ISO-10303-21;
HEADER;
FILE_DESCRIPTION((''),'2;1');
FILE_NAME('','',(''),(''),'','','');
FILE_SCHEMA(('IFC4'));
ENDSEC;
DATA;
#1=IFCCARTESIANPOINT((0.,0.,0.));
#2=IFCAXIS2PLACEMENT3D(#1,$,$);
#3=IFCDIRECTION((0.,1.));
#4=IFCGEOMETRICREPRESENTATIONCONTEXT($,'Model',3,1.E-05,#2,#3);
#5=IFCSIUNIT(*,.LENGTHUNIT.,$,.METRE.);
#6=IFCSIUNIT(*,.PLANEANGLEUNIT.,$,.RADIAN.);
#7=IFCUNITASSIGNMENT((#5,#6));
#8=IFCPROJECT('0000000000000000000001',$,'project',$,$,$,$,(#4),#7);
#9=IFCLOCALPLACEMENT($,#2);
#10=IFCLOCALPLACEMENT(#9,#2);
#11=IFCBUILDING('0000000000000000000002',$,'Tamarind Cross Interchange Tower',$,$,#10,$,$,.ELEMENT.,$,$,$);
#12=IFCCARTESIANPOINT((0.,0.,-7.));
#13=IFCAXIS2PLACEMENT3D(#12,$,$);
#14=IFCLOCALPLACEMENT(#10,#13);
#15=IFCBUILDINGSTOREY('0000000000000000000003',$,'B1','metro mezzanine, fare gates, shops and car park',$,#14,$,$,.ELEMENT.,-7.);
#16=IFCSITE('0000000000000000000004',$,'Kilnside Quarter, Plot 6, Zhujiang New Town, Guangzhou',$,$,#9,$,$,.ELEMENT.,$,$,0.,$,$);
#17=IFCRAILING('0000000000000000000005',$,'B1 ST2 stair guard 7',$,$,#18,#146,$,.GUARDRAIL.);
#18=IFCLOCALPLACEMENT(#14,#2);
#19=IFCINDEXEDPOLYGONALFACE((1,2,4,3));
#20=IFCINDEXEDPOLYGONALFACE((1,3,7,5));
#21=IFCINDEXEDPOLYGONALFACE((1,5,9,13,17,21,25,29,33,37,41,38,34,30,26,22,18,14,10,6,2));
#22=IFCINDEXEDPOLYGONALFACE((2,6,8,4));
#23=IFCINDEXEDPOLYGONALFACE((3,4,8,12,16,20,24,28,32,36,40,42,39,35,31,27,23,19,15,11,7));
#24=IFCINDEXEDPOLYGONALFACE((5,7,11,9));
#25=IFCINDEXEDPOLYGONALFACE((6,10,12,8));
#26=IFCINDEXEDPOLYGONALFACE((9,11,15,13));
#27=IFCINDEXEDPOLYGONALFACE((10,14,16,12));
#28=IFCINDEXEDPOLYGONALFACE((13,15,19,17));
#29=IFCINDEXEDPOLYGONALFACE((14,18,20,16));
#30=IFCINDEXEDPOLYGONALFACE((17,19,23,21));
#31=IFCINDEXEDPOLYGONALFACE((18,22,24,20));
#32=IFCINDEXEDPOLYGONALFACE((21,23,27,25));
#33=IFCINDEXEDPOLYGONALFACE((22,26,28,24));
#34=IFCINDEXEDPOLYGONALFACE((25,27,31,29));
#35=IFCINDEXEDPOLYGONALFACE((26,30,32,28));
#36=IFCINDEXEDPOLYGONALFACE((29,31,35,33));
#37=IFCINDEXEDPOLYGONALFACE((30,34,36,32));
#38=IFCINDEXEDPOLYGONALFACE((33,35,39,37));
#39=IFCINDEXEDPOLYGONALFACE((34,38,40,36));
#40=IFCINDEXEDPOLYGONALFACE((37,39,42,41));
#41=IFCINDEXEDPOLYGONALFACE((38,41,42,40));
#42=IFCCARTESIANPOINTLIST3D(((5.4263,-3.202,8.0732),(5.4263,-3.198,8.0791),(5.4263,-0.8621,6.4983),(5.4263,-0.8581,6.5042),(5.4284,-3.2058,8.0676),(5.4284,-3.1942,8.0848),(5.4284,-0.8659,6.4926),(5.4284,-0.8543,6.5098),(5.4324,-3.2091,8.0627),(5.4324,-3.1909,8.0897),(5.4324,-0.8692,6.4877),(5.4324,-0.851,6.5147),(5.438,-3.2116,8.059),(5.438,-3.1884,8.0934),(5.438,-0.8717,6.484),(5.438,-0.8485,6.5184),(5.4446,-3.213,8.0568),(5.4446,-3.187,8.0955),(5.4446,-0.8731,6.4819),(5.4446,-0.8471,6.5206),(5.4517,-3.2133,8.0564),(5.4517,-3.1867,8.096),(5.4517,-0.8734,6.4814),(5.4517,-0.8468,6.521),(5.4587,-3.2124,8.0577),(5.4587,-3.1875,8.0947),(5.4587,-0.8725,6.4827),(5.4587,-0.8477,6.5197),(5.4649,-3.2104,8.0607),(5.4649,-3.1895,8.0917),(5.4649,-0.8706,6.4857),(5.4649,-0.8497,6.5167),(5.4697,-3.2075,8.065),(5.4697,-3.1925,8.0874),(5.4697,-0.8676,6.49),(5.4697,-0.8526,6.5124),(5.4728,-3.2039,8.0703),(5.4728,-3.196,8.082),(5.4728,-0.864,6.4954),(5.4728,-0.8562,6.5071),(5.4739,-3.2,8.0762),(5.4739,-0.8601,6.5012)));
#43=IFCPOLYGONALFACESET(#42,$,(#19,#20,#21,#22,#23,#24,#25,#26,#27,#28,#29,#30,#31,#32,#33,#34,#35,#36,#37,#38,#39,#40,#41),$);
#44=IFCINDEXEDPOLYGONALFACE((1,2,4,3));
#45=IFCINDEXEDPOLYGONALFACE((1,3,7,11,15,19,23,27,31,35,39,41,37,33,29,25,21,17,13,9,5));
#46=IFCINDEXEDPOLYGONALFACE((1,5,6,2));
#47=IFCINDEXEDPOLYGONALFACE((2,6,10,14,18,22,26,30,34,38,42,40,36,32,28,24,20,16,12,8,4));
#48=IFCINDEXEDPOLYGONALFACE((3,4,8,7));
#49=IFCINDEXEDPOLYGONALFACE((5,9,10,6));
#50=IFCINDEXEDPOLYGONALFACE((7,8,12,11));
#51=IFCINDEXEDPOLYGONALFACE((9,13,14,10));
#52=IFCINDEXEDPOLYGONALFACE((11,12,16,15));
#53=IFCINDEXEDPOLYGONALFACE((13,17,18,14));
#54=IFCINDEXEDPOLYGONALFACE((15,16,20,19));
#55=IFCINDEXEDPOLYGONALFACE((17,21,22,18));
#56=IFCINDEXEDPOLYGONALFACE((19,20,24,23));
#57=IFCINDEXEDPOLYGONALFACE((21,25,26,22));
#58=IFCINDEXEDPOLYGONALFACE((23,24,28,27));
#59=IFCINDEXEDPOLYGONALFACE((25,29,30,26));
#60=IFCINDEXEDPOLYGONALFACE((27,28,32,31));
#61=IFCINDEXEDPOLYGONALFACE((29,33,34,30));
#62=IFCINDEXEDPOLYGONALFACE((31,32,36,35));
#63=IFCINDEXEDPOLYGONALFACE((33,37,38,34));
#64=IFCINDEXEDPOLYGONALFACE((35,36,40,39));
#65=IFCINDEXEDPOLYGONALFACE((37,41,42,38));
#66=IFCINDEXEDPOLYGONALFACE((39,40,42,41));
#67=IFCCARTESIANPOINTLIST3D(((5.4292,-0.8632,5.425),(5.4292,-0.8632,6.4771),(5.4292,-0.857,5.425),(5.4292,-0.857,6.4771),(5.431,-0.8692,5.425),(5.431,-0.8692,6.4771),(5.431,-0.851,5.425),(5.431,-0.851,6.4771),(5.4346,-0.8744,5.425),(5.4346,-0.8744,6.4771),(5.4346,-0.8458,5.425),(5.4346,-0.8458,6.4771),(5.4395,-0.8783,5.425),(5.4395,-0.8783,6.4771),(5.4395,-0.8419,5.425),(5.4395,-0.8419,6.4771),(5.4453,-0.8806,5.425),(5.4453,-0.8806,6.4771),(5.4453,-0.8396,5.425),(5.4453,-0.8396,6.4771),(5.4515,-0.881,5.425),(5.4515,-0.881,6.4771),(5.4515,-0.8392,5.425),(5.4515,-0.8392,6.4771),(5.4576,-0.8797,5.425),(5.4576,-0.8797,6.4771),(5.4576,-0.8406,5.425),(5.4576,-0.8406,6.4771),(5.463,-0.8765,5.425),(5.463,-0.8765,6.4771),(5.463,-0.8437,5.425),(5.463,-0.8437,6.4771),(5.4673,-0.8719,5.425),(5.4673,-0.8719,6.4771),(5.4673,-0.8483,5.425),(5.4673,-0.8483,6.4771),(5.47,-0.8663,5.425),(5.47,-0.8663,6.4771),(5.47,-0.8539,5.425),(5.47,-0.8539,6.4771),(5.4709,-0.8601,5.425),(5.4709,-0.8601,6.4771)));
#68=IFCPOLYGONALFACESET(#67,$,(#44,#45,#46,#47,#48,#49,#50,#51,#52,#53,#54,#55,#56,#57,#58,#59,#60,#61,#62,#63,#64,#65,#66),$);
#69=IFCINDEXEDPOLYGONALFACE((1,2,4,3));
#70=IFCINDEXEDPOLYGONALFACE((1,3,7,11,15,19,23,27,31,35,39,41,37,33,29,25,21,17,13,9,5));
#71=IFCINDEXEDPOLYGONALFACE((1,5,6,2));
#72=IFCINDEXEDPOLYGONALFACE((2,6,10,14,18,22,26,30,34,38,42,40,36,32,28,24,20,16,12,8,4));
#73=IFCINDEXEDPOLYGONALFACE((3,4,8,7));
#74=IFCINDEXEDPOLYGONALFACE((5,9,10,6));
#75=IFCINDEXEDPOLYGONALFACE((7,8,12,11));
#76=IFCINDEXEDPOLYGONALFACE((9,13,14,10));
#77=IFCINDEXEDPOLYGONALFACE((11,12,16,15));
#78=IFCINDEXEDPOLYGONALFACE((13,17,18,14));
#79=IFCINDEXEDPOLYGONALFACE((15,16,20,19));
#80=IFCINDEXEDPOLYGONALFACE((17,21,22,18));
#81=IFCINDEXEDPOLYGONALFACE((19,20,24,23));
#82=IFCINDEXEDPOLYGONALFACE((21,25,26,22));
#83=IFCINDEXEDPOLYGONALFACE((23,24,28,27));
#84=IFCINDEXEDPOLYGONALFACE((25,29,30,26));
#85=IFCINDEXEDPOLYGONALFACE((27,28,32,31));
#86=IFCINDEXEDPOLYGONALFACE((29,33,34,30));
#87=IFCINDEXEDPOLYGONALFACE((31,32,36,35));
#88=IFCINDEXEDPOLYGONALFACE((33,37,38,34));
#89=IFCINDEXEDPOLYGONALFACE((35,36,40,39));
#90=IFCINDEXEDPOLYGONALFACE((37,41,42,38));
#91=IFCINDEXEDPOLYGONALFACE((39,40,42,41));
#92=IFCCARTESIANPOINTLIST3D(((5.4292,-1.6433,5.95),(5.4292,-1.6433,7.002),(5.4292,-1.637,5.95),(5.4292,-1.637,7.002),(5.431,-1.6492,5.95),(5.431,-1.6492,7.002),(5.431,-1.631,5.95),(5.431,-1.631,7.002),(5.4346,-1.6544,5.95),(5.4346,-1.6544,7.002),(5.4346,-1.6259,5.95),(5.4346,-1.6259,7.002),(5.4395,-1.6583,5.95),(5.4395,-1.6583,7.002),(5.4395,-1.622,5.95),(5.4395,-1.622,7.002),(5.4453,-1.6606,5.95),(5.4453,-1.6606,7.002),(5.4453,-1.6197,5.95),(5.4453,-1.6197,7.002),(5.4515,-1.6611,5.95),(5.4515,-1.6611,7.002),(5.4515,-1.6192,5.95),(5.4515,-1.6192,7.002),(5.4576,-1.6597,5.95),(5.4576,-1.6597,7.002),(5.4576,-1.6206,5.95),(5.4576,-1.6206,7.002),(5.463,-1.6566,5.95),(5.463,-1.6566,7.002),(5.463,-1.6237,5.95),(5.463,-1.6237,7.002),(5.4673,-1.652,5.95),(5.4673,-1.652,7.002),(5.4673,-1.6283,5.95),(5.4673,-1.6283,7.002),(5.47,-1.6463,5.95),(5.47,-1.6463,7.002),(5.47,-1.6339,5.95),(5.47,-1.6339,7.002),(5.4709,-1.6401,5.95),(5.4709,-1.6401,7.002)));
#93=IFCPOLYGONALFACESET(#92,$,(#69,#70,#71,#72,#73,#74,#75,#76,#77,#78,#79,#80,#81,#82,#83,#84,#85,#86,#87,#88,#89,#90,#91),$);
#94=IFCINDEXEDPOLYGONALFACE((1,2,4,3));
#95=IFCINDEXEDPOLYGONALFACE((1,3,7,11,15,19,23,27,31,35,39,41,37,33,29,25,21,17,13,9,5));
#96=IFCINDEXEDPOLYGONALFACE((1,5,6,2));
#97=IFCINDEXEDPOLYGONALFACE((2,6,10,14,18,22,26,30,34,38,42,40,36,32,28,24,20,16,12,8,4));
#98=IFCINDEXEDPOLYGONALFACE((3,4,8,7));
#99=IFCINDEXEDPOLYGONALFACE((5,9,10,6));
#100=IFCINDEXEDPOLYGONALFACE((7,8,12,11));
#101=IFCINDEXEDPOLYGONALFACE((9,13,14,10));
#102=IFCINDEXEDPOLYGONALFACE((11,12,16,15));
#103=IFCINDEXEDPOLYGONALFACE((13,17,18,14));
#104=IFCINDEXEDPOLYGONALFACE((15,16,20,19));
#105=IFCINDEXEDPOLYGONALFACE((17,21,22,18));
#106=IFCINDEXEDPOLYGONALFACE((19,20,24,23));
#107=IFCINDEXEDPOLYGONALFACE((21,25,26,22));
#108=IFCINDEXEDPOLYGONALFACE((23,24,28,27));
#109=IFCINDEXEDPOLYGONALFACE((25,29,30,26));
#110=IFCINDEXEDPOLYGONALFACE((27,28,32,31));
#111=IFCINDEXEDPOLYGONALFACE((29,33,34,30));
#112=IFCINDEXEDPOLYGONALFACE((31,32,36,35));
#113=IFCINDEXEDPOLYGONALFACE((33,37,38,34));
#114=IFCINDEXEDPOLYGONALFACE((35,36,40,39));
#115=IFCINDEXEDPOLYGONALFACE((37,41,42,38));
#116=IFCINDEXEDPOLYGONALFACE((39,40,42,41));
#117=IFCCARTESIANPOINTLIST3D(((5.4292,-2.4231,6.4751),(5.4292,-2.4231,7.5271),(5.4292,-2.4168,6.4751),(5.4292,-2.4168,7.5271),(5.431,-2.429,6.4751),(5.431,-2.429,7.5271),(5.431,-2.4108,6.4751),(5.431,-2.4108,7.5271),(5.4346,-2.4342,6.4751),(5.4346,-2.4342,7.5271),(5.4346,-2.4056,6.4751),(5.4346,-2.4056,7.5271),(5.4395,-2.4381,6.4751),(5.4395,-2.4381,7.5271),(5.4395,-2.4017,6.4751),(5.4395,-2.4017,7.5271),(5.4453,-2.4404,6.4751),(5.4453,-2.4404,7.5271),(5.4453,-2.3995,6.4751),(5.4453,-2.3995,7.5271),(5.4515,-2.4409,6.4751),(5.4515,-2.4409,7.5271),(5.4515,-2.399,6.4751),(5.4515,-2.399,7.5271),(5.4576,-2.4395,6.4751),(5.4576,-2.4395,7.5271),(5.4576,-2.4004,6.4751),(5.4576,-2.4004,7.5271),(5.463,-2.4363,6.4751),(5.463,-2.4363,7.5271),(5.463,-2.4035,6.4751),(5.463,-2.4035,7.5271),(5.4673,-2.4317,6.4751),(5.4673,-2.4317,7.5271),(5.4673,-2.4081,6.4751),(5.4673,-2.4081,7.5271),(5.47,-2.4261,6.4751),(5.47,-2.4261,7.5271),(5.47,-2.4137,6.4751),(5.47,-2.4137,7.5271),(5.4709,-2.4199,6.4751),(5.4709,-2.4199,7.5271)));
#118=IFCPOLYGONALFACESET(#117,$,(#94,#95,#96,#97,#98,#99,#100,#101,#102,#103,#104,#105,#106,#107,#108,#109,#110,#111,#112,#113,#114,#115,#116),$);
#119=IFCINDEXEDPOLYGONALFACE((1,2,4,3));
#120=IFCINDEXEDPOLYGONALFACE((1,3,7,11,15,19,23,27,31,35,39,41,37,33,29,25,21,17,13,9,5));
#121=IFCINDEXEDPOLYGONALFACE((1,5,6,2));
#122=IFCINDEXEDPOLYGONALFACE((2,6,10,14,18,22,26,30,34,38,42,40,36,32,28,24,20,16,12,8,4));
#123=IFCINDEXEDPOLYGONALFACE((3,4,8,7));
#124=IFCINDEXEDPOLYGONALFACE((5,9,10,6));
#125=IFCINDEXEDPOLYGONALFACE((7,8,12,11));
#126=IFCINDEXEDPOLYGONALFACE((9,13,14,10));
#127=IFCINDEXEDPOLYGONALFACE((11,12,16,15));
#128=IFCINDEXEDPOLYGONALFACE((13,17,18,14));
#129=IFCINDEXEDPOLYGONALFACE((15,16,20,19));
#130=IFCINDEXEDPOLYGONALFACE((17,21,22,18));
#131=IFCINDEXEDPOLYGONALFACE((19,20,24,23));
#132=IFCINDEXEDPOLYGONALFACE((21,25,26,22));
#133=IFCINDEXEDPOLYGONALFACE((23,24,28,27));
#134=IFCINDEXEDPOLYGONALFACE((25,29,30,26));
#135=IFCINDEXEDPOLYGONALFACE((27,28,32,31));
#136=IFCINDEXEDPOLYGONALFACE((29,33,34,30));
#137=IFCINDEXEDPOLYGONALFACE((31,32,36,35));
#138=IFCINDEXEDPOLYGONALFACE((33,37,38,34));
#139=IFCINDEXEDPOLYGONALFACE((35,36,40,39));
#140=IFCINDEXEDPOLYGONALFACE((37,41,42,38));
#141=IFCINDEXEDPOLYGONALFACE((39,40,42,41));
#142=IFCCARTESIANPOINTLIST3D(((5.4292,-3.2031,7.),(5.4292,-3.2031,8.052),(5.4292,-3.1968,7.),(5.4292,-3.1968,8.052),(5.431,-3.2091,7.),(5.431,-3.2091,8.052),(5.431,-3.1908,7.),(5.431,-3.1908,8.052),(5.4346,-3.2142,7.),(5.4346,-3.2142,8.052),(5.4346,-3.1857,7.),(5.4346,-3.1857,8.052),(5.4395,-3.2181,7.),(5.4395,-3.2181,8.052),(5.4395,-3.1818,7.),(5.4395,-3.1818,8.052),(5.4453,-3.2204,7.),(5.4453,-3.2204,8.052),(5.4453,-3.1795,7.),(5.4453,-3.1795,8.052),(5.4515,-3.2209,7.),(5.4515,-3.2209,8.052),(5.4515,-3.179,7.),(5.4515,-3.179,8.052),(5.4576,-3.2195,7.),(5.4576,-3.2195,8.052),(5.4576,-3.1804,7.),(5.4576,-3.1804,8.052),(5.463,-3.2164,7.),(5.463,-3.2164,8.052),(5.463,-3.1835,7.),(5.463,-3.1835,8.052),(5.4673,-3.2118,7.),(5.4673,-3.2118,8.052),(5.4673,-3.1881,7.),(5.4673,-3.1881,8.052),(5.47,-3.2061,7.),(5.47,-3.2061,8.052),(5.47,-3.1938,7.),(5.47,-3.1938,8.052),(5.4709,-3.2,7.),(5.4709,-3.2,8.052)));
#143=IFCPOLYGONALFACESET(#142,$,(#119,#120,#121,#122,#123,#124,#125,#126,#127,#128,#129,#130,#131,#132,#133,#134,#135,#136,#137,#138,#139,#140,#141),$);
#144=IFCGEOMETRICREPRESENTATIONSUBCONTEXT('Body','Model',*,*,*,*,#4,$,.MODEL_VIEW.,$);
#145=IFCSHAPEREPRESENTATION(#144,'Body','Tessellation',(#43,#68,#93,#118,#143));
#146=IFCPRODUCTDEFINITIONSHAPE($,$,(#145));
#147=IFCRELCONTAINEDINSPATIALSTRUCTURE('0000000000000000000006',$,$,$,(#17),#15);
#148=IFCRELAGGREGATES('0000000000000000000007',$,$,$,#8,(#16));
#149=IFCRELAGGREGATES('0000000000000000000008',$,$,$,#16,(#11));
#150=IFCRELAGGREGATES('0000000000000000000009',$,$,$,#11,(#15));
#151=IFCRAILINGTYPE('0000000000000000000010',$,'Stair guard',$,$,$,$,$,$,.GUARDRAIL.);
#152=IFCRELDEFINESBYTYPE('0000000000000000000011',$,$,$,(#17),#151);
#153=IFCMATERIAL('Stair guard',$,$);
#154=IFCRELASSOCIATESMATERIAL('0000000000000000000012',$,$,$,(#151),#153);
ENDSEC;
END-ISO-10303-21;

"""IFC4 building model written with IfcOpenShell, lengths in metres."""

from ifc_helpers import new_model, si_unit, direction, frame, origin, origin_2d, place, context, subcontext, project, spatial, circle, extrude, material, type_object, element, save


model = new_model("IFC4")

# Units and contexts
model_context = context("Model", 3, precision=1e-05, world=origin(), true_north=direction((0.0, 1.0)))
body_context = subcontext(model_context, "Body", "Model", "MODEL_VIEW")
ifc_project = project(units=[si_unit("LENGTHUNIT", "METRE"), si_unit("PLANEANGLEUNIT", "RADIAN")], contexts=[model_context])

# Site, building, storey
site_placement = place(None, origin())
site = spatial("IfcSite", under=ifc_project, at=site_placement, Name="Kilnside Quarter, Plot 6, Zhujiang New Town, Guangzhou", CompositionType="ELEMENT", RefElevation=0.0)
building_placement = place(site_placement, origin())
building = spatial("IfcBuilding", under=site, at=building_placement, Name="Tamarind Cross Interchange Tower", CompositionType="ELEMENT")
storey_placement = place(building_placement, frame((0.0, 0.0, -7.0)))
storey = spatial("IfcBuildingStorey", under=building, at=storey_placement, Name="B1", Description="metro mezzanine, fare gates, shops and car park", CompositionType="ELEMENT", Elevation=-7.0)

# Railing
ifc_material_1 = material(Name="Stair guard")
railing_type_1 = type_object("IfcRailingType", Name="Stair guard", PredefinedType="GUARDRAIL", material=ifc_material_1)
railing_1_placement = place(storey_placement, frame((5.45, -0.8601, 5.425)))
element("IfcRailing", 1, at=railing_1_placement, inside=storey, type_object=railing_type_1, Name="B1 ST2 stair guard 7", PredefinedType="GUARDRAIL", context=body_context, shape_type="SweptSolid", body=[
    extrude(circle(Radius=0.0239, at=origin_2d()), frame((0.0, 0.0, 1.0762), z_axis=(0.0, -0.829578, 0.55839), x_axis=(1.0, 0.0, 0.0)), (0.0, 0.0, 1.0), 2.8206),
    extrude(circle(Radius=0.021, at=origin_2d()), origin(), (0.0, 0.0, 1.0), 1.052),
    extrude(circle(Radius=0.021, at=origin_2d()), frame((0.0, -0.78, 0.5249)), (0.0, 0.0, 1.0), 1.052),
    extrude(circle(Radius=0.021, at=origin_2d()), frame((0.0, -1.5598, 1.05)), (0.0, 0.0, 1.0), 1.052),
    extrude(circle(Radius=0.021, at=origin_2d()), frame((0.0, -2.3398, 1.575)), (0.0, 0.0, 1.0), 1.052),
])

save(model, "model.ifc")
